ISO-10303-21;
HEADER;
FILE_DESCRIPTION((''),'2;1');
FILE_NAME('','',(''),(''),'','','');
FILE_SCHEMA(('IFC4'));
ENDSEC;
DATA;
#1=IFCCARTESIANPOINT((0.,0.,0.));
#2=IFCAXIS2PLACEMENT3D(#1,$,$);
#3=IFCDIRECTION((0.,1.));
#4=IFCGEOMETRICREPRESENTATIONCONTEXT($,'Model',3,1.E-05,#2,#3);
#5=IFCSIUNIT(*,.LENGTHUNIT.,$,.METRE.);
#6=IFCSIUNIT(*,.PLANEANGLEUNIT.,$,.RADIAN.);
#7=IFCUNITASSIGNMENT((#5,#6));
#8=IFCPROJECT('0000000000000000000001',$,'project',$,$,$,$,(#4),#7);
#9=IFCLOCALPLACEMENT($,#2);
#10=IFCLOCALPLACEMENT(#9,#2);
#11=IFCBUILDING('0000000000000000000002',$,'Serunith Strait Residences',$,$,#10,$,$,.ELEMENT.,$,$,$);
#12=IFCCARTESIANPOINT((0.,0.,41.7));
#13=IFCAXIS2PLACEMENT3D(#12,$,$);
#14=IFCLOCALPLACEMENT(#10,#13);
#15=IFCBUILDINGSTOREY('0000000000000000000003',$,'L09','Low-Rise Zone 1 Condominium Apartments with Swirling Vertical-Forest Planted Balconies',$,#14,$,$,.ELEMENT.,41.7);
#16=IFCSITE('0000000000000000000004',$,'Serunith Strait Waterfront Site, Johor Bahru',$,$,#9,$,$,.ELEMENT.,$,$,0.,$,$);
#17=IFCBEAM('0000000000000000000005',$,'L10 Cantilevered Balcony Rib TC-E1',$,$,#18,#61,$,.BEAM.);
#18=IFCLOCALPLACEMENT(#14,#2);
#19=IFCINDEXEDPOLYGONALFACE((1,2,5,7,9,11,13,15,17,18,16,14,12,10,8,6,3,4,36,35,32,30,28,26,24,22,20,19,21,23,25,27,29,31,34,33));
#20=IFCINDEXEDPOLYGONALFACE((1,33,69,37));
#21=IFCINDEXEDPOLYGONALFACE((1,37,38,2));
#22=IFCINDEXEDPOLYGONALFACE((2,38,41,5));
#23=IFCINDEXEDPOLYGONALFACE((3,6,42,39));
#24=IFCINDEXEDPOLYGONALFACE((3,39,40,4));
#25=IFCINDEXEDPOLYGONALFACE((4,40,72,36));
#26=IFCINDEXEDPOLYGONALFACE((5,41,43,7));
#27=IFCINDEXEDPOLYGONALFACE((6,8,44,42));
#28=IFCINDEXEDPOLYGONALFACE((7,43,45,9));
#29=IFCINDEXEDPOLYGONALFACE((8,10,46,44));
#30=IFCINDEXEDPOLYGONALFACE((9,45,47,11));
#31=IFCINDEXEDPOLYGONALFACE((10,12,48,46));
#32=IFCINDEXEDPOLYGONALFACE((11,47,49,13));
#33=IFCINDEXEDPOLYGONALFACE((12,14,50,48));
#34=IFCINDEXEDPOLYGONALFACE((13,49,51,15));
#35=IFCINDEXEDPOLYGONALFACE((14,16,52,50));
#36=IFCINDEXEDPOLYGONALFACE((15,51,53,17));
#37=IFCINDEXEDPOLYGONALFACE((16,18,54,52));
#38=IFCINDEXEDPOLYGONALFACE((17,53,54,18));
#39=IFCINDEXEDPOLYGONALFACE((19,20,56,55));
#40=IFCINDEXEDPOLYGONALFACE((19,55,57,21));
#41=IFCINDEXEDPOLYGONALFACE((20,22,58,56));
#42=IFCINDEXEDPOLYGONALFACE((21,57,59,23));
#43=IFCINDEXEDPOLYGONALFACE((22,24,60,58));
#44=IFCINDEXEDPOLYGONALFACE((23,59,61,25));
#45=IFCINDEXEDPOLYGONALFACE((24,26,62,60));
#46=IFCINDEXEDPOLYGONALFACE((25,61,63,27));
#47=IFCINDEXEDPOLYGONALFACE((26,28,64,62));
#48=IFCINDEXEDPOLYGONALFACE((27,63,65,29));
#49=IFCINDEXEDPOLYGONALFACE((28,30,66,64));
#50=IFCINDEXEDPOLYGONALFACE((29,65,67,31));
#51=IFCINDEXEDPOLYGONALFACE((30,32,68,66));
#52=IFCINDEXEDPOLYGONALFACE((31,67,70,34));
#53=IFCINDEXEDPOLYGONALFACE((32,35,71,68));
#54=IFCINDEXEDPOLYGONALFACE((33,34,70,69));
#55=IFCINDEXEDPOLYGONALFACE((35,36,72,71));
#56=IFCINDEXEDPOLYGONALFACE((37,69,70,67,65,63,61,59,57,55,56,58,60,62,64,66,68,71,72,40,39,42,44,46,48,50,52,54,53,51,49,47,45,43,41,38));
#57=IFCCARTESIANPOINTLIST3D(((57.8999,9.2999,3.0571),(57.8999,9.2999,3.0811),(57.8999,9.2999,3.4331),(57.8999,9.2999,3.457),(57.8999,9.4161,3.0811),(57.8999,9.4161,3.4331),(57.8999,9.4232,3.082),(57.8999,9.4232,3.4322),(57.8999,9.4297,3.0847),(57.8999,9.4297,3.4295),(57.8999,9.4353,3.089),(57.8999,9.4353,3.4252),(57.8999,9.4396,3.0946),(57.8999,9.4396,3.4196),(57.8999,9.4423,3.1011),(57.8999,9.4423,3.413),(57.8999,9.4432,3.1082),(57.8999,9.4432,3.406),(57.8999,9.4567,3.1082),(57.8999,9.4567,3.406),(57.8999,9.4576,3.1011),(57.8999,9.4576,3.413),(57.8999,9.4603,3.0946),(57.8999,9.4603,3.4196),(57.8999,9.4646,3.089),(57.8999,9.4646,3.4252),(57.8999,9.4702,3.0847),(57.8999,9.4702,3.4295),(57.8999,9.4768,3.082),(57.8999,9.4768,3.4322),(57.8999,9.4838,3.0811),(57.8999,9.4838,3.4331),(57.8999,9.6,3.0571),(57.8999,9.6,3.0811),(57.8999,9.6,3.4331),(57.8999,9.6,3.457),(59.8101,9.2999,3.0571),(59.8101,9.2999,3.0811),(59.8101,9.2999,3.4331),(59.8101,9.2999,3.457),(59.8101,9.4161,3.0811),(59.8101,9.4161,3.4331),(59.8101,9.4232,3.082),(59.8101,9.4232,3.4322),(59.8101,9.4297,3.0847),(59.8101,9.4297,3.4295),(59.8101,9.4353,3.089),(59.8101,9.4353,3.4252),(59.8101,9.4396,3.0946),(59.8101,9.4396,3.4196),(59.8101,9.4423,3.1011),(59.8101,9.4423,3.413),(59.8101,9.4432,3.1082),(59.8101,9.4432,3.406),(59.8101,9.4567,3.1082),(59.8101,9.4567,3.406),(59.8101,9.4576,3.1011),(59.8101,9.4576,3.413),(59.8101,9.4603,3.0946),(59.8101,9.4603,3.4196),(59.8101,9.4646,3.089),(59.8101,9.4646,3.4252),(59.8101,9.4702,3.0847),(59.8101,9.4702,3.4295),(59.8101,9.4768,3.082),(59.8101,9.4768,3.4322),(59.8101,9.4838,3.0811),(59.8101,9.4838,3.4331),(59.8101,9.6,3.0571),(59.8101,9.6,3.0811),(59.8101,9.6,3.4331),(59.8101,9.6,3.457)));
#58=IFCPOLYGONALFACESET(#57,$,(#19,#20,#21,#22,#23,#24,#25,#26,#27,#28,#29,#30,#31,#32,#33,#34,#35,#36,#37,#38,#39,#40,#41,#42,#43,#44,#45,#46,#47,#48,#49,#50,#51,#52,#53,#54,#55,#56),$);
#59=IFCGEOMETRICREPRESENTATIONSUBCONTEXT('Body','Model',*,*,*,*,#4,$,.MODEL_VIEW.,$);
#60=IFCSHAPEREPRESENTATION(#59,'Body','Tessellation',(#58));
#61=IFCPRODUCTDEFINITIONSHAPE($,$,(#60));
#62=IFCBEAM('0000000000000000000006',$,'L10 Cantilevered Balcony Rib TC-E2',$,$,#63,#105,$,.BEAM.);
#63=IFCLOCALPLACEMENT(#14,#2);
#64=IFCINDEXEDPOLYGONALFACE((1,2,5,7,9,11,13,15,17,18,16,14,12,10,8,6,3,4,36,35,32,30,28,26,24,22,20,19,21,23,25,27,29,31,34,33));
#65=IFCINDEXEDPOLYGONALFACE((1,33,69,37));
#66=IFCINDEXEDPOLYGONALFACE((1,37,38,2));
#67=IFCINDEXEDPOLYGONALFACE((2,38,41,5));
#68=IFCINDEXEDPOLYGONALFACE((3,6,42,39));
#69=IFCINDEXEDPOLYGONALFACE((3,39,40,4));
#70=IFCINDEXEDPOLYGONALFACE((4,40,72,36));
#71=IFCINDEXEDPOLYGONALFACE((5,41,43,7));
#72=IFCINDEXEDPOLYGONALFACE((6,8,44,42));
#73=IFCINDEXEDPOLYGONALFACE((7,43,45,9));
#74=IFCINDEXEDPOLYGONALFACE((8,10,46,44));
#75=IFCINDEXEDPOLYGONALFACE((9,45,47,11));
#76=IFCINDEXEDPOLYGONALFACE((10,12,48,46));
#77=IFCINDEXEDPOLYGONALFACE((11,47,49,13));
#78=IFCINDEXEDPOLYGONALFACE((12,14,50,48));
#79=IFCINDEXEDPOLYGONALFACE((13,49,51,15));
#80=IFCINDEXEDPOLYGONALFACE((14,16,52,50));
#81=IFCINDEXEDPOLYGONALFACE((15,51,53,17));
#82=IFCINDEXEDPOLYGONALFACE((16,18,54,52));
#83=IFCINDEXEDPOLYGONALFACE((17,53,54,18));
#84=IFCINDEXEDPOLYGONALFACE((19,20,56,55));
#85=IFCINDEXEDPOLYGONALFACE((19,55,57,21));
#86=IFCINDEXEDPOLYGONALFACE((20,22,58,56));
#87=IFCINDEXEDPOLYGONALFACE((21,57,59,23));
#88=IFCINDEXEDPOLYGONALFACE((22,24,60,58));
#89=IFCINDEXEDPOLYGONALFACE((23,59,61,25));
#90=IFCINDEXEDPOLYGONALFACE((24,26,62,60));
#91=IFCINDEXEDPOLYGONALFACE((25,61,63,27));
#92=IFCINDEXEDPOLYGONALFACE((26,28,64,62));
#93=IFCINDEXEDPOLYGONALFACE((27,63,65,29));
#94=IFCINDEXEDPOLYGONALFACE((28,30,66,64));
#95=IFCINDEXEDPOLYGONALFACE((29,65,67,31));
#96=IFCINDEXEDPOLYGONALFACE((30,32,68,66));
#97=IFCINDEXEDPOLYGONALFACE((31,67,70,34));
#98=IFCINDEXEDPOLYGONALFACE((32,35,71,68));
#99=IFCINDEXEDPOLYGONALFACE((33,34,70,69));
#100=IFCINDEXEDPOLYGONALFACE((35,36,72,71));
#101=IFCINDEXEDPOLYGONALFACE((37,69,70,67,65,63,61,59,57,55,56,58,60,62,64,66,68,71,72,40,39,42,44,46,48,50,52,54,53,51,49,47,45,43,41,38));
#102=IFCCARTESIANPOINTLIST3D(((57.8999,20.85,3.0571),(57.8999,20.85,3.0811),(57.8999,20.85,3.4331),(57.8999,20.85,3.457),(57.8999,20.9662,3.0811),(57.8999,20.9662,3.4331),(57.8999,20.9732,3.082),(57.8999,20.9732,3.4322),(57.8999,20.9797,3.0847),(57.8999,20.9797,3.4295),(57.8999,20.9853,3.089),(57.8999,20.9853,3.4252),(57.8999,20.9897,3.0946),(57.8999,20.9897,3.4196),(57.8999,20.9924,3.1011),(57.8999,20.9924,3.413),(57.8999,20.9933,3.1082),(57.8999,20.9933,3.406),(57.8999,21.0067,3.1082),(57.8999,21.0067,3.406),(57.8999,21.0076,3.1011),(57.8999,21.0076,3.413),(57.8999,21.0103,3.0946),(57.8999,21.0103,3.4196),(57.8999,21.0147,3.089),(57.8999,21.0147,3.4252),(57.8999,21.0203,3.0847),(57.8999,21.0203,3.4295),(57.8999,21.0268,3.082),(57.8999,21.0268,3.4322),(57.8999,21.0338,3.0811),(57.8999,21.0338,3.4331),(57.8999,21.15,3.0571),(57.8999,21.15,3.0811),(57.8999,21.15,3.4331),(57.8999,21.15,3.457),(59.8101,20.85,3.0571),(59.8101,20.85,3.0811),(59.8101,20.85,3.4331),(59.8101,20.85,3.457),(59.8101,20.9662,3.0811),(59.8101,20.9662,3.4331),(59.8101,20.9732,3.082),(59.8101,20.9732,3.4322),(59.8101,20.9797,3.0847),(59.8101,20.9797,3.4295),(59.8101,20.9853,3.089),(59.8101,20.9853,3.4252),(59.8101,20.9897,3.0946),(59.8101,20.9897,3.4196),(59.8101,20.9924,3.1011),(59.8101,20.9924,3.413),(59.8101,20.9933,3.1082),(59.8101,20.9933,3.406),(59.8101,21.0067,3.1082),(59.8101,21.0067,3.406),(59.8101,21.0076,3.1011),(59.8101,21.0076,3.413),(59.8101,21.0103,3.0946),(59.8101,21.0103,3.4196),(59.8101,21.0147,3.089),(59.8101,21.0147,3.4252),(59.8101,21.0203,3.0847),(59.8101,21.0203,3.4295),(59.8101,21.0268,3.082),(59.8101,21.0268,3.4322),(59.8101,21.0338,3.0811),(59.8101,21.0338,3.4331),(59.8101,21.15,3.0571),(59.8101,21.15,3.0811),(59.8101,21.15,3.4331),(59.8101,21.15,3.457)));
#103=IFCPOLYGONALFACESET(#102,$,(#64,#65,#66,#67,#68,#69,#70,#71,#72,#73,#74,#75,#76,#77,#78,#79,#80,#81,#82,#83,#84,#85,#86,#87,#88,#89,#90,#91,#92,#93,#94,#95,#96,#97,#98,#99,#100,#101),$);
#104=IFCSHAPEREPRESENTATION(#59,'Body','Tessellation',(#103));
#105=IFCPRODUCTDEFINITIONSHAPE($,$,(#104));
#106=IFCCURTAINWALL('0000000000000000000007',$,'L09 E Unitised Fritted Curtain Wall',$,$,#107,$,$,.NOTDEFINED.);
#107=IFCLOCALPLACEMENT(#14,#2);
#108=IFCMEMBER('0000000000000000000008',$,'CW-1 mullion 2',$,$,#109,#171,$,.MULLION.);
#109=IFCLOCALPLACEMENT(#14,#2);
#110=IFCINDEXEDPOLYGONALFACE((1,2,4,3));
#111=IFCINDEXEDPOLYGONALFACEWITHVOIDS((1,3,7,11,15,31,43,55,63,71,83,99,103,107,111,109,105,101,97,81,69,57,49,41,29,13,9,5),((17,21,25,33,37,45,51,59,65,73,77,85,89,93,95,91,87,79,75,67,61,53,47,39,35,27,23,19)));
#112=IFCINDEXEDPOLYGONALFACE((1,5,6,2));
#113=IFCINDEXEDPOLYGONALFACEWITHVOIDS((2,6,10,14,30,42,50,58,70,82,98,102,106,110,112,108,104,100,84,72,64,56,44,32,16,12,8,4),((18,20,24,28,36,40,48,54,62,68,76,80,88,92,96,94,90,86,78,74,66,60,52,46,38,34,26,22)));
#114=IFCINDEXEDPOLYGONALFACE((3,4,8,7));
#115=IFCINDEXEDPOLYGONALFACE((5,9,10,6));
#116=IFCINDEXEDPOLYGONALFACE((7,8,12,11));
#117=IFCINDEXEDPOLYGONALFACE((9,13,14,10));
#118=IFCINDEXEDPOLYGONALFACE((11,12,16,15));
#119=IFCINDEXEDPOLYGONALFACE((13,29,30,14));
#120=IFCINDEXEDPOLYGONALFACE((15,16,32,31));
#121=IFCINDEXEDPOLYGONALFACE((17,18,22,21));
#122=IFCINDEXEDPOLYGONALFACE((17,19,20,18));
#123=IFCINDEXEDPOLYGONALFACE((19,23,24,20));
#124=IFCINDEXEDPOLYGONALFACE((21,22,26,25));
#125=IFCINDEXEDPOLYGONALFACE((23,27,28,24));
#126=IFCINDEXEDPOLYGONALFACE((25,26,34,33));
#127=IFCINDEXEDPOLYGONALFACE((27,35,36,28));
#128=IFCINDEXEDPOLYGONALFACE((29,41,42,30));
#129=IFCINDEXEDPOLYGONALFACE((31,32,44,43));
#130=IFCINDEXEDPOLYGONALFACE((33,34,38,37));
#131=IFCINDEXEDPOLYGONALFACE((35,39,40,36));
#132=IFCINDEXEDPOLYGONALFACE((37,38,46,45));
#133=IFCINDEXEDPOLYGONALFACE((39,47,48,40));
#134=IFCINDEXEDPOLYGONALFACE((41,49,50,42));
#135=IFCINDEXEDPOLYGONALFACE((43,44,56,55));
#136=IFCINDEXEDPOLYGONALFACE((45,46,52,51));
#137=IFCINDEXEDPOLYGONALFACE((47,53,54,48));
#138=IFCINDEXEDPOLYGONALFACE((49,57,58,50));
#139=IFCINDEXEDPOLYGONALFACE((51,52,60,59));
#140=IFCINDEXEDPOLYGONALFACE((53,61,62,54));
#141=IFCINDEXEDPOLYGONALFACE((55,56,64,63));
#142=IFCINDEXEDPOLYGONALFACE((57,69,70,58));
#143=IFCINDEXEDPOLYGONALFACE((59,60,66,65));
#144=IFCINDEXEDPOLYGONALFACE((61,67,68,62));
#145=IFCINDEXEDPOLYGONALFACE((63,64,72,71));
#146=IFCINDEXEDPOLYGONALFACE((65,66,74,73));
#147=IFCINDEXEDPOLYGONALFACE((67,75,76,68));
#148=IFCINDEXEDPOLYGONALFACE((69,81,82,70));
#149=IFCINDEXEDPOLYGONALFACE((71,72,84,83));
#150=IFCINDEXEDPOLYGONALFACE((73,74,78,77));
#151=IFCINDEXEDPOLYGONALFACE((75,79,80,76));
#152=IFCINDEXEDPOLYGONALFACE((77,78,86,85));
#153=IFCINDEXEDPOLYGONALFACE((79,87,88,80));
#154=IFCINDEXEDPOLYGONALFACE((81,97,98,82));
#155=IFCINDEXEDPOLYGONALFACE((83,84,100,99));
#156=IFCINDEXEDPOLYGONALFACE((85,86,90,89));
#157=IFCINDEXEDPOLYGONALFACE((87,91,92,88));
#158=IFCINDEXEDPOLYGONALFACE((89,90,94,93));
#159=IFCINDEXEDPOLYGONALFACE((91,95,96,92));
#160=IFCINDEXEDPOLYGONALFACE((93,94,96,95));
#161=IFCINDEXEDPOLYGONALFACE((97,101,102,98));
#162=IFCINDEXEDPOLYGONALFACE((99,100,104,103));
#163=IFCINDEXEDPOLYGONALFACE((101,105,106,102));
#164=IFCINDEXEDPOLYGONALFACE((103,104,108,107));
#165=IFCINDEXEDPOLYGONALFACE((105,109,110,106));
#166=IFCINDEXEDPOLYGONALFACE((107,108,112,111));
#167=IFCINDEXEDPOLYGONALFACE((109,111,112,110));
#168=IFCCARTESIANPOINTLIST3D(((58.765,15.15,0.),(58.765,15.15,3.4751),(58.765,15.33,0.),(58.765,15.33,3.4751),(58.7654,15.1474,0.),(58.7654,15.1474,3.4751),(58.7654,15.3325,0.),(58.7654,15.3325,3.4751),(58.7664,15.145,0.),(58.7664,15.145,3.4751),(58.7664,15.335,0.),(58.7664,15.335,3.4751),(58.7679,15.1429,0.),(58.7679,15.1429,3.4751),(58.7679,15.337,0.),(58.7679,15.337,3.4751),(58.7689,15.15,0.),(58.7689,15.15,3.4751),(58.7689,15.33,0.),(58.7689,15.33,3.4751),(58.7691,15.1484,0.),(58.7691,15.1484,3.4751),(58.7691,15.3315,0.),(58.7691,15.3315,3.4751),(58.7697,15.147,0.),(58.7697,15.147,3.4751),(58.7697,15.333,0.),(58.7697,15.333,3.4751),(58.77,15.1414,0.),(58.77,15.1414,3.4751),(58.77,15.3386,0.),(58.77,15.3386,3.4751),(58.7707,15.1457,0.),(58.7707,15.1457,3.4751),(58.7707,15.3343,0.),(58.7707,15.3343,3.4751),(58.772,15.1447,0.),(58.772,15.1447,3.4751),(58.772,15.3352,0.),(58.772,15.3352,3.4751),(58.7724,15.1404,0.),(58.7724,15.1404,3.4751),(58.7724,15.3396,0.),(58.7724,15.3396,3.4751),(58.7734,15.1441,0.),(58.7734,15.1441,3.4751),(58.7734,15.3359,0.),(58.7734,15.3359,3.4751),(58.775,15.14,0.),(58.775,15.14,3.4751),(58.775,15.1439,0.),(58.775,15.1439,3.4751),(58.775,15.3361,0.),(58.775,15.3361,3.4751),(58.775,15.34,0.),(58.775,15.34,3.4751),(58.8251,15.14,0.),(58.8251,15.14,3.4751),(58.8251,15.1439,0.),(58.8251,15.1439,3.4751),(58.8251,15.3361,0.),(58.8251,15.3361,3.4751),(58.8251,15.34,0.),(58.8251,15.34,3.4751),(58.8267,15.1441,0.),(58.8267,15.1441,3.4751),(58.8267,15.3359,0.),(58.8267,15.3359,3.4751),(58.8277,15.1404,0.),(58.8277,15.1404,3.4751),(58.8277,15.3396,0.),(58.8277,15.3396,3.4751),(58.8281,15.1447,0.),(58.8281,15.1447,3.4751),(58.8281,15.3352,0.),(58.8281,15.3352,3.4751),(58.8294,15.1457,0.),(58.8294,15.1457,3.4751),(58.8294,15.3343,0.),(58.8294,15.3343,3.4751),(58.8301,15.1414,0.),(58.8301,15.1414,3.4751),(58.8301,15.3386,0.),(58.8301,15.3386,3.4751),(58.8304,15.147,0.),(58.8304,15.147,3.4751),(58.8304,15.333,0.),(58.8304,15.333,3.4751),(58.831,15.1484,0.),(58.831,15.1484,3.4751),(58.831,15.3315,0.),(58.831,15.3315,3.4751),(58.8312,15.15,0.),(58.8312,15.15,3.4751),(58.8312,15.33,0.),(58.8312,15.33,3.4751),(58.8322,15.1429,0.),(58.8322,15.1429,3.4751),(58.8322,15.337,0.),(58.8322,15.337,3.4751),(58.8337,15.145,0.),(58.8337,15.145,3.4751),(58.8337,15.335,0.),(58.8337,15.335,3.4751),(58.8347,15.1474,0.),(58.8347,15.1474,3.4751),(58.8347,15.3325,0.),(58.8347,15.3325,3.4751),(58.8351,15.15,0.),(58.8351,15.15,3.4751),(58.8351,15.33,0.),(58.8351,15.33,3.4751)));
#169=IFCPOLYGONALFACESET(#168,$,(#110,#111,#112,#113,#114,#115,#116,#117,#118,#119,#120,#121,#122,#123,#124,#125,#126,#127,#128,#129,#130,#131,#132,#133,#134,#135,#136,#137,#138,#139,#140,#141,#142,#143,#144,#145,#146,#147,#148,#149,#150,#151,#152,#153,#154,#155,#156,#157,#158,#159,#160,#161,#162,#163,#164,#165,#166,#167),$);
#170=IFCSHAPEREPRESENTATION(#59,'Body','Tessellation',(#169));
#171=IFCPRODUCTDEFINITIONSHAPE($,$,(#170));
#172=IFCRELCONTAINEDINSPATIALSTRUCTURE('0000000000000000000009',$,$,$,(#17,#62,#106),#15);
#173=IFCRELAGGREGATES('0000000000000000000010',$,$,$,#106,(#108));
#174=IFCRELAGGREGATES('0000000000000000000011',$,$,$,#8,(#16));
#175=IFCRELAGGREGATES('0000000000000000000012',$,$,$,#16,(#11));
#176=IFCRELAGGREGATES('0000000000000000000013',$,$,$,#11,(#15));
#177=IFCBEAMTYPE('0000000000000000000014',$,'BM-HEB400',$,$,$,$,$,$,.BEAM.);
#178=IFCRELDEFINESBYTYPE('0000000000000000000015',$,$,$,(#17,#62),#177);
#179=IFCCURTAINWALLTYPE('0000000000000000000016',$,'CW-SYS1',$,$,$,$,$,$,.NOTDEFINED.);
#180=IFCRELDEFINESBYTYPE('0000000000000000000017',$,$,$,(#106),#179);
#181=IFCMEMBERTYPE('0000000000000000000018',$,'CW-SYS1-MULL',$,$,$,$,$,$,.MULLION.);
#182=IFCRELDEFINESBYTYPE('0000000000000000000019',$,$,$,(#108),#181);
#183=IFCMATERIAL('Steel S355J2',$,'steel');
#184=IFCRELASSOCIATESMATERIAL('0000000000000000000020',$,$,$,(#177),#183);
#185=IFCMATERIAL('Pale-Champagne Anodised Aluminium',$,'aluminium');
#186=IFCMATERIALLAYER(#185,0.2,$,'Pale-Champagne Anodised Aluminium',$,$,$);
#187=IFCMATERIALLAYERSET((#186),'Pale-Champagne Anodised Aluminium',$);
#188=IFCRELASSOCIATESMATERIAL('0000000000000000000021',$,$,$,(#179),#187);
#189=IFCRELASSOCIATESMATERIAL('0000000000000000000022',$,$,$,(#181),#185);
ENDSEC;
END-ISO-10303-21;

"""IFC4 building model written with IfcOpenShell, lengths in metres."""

from ifc_helpers import new_model, si_unit, direction, frame, origin, origin_2d, place, context, subcontext, project, spatial, hollow_rectangle, i_section, extrude, source, transform, mapped, material, layer, layer_set, material_profile, profile_set, type_object, element, aggregate, save


model = new_model("IFC4")

# Units and contexts
model_context = context("Model", 3, precision=1e-05, world=origin(), true_north=direction((0.0, 1.0)))
body_context = subcontext(model_context, "Body", "Model", "MODEL_VIEW")
ifc_project = project(units=[si_unit("LENGTHUNIT", "METRE"), si_unit("PLANEANGLEUNIT", "RADIAN")], contexts=[model_context])

# Site, building, storey
site_placement = place(None, origin())
site = spatial("IfcSite", under=ifc_project, at=site_placement, Name="Serunith Strait Waterfront Site, Johor Bahru", CompositionType="ELEMENT", RefElevation=0.0)
building_placement = place(site_placement, origin())
building = spatial("IfcBuilding", under=site, at=building_placement, Name="Serunith Strait Residences", CompositionType="ELEMENT")
storey_placement = place(building_placement, frame((0.0, 0.0, 41.7)))
storey = spatial("IfcBuildingStorey", under=building, at=storey_placement, Name="L09", Description="Low-Rise Zone 1 Condominium Apartments with Swirling Vertical-Forest Planted Balconies", CompositionType="ELEMENT", Elevation=41.7)

# Beams
ifc_material_1 = material(Name="Steel S355J2", Category="steel")
ifc_material_profile_1 = material_profile(ifc_material_1, i_section(OverallWidth=0.3, OverallDepth=0.3999, WebThickness=0.0134, FlangeThickness=0.0239, FilletRadius=0.0271, at=origin_2d()), Name="HEB 400")
ifc_profile_set_1 = profile_set([ifc_material_profile_1], Name="Steel S355J2")
beam_type_1 = type_object("IfcBeamType", Name="BM-HEB400", PredefinedType="BEAM", material=ifc_profile_set_1)
shared_shape_1 = source(origin(), body_context, "Body", "SweptSolid", [
    extrude(i_section(OverallWidth=0.3, OverallDepth=0.3999, WebThickness=0.0134, FlangeThickness=0.0239, FilletRadius=0.0271, at=origin_2d()), origin(), (0.0, 0.0, 1.0), 1.9102),
])
for number, where, z_axis, x_axis, name in (
    (1, (57.8999, 9.45, 3.2571), (1.0, 0.0, 0.0), (0.0, 1.0, 0.0), "L10 Cantilevered Balcony Rib TC-E1"),
    (2, (57.8999, 21.0, 3.2571), (1.0, 0.0, 0.0), (0.0, 1.0, 0.0), "L10 Cantilevered Balcony Rib TC-E2"),
):
    element("IfcBeam", number, at=place(storey_placement, frame(where, z_axis=z_axis, x_axis=x_axis)), inside=storey, type_object=beam_type_1, Name=name, PredefinedType="BEAM", context=body_context, shape_type="MappedRepresentation", body=[
        mapped(shared_shape_1, transform((0.0, 0.0, 0.0), scale=1.0)),
    ])

# Curtain wall, member
ifc_material_2 = material(Name="Pale-Champagne Anodised Aluminium", Category="aluminium")
ifc_layer_1 = layer(ifc_material_2, 0.2, Name="Pale-Champagne Anodised Aluminium")
ifc_layer_set_1 = layer_set([ifc_layer_1], Name="Pale-Champagne Anodised Aluminium")
curtain_wall_type = type_object("IfcCurtainWallType", Name="CW-SYS1", PredefinedType="NOTDEFINED", material=ifc_layer_set_1)
curtain_wall_placement = place(storey_placement, origin())
curtain_wall = element("IfcCurtainWall", 3, at=curtain_wall_placement, inside=storey, type_object=curtain_wall_type, Name="L09 E Unitised Fritted Curtain Wall", PredefinedType="NOTDEFINED")
ifc_material_profile_2 = material_profile(ifc_material_2, hollow_rectangle(XDim=0.0701, YDim=0.2, WallThickness=0.0039, InnerFilletRadius=0.0061, OuterFilletRadius=0.01, at=origin_2d()), Name="ALU 200x70x4")
ifc_profile_set_2 = profile_set([ifc_material_profile_2], Name="Pale-Champagne Anodised Aluminium")
member_type_1 = type_object("IfcMemberType", Name="CW-SYS1-MULL", PredefinedType="MULLION", material=ifc_profile_set_2)
shared_shape_2 = source(origin(), body_context, "Body", "SweptSolid", [
    extrude(hollow_rectangle(XDim=0.0701, YDim=0.2, WallThickness=0.0039, InnerFilletRadius=0.0061, OuterFilletRadius=0.01, at=origin_2d()), origin(), (0.0, 0.0, 1.0), 3.4751),
])
member_1_placement = place(storey_placement, frame((58.8, 15.24, 0.0), z_axis=(0.0, 0.0, 1.0), x_axis=(-1.0, 0.0, 0.0)))
member_1 = element("IfcMember", 4, at=member_1_placement, type_object=member_type_1, Name="CW-1 mullion 2", PredefinedType="MULLION", context=body_context, shape_type="MappedRepresentation", body=[
    mapped(shared_shape_2, transform((0.0, 0.0, 0.0), scale=1.0)),
])
aggregate(curtain_wall, [member_1])

save(model, "model.ifc")
